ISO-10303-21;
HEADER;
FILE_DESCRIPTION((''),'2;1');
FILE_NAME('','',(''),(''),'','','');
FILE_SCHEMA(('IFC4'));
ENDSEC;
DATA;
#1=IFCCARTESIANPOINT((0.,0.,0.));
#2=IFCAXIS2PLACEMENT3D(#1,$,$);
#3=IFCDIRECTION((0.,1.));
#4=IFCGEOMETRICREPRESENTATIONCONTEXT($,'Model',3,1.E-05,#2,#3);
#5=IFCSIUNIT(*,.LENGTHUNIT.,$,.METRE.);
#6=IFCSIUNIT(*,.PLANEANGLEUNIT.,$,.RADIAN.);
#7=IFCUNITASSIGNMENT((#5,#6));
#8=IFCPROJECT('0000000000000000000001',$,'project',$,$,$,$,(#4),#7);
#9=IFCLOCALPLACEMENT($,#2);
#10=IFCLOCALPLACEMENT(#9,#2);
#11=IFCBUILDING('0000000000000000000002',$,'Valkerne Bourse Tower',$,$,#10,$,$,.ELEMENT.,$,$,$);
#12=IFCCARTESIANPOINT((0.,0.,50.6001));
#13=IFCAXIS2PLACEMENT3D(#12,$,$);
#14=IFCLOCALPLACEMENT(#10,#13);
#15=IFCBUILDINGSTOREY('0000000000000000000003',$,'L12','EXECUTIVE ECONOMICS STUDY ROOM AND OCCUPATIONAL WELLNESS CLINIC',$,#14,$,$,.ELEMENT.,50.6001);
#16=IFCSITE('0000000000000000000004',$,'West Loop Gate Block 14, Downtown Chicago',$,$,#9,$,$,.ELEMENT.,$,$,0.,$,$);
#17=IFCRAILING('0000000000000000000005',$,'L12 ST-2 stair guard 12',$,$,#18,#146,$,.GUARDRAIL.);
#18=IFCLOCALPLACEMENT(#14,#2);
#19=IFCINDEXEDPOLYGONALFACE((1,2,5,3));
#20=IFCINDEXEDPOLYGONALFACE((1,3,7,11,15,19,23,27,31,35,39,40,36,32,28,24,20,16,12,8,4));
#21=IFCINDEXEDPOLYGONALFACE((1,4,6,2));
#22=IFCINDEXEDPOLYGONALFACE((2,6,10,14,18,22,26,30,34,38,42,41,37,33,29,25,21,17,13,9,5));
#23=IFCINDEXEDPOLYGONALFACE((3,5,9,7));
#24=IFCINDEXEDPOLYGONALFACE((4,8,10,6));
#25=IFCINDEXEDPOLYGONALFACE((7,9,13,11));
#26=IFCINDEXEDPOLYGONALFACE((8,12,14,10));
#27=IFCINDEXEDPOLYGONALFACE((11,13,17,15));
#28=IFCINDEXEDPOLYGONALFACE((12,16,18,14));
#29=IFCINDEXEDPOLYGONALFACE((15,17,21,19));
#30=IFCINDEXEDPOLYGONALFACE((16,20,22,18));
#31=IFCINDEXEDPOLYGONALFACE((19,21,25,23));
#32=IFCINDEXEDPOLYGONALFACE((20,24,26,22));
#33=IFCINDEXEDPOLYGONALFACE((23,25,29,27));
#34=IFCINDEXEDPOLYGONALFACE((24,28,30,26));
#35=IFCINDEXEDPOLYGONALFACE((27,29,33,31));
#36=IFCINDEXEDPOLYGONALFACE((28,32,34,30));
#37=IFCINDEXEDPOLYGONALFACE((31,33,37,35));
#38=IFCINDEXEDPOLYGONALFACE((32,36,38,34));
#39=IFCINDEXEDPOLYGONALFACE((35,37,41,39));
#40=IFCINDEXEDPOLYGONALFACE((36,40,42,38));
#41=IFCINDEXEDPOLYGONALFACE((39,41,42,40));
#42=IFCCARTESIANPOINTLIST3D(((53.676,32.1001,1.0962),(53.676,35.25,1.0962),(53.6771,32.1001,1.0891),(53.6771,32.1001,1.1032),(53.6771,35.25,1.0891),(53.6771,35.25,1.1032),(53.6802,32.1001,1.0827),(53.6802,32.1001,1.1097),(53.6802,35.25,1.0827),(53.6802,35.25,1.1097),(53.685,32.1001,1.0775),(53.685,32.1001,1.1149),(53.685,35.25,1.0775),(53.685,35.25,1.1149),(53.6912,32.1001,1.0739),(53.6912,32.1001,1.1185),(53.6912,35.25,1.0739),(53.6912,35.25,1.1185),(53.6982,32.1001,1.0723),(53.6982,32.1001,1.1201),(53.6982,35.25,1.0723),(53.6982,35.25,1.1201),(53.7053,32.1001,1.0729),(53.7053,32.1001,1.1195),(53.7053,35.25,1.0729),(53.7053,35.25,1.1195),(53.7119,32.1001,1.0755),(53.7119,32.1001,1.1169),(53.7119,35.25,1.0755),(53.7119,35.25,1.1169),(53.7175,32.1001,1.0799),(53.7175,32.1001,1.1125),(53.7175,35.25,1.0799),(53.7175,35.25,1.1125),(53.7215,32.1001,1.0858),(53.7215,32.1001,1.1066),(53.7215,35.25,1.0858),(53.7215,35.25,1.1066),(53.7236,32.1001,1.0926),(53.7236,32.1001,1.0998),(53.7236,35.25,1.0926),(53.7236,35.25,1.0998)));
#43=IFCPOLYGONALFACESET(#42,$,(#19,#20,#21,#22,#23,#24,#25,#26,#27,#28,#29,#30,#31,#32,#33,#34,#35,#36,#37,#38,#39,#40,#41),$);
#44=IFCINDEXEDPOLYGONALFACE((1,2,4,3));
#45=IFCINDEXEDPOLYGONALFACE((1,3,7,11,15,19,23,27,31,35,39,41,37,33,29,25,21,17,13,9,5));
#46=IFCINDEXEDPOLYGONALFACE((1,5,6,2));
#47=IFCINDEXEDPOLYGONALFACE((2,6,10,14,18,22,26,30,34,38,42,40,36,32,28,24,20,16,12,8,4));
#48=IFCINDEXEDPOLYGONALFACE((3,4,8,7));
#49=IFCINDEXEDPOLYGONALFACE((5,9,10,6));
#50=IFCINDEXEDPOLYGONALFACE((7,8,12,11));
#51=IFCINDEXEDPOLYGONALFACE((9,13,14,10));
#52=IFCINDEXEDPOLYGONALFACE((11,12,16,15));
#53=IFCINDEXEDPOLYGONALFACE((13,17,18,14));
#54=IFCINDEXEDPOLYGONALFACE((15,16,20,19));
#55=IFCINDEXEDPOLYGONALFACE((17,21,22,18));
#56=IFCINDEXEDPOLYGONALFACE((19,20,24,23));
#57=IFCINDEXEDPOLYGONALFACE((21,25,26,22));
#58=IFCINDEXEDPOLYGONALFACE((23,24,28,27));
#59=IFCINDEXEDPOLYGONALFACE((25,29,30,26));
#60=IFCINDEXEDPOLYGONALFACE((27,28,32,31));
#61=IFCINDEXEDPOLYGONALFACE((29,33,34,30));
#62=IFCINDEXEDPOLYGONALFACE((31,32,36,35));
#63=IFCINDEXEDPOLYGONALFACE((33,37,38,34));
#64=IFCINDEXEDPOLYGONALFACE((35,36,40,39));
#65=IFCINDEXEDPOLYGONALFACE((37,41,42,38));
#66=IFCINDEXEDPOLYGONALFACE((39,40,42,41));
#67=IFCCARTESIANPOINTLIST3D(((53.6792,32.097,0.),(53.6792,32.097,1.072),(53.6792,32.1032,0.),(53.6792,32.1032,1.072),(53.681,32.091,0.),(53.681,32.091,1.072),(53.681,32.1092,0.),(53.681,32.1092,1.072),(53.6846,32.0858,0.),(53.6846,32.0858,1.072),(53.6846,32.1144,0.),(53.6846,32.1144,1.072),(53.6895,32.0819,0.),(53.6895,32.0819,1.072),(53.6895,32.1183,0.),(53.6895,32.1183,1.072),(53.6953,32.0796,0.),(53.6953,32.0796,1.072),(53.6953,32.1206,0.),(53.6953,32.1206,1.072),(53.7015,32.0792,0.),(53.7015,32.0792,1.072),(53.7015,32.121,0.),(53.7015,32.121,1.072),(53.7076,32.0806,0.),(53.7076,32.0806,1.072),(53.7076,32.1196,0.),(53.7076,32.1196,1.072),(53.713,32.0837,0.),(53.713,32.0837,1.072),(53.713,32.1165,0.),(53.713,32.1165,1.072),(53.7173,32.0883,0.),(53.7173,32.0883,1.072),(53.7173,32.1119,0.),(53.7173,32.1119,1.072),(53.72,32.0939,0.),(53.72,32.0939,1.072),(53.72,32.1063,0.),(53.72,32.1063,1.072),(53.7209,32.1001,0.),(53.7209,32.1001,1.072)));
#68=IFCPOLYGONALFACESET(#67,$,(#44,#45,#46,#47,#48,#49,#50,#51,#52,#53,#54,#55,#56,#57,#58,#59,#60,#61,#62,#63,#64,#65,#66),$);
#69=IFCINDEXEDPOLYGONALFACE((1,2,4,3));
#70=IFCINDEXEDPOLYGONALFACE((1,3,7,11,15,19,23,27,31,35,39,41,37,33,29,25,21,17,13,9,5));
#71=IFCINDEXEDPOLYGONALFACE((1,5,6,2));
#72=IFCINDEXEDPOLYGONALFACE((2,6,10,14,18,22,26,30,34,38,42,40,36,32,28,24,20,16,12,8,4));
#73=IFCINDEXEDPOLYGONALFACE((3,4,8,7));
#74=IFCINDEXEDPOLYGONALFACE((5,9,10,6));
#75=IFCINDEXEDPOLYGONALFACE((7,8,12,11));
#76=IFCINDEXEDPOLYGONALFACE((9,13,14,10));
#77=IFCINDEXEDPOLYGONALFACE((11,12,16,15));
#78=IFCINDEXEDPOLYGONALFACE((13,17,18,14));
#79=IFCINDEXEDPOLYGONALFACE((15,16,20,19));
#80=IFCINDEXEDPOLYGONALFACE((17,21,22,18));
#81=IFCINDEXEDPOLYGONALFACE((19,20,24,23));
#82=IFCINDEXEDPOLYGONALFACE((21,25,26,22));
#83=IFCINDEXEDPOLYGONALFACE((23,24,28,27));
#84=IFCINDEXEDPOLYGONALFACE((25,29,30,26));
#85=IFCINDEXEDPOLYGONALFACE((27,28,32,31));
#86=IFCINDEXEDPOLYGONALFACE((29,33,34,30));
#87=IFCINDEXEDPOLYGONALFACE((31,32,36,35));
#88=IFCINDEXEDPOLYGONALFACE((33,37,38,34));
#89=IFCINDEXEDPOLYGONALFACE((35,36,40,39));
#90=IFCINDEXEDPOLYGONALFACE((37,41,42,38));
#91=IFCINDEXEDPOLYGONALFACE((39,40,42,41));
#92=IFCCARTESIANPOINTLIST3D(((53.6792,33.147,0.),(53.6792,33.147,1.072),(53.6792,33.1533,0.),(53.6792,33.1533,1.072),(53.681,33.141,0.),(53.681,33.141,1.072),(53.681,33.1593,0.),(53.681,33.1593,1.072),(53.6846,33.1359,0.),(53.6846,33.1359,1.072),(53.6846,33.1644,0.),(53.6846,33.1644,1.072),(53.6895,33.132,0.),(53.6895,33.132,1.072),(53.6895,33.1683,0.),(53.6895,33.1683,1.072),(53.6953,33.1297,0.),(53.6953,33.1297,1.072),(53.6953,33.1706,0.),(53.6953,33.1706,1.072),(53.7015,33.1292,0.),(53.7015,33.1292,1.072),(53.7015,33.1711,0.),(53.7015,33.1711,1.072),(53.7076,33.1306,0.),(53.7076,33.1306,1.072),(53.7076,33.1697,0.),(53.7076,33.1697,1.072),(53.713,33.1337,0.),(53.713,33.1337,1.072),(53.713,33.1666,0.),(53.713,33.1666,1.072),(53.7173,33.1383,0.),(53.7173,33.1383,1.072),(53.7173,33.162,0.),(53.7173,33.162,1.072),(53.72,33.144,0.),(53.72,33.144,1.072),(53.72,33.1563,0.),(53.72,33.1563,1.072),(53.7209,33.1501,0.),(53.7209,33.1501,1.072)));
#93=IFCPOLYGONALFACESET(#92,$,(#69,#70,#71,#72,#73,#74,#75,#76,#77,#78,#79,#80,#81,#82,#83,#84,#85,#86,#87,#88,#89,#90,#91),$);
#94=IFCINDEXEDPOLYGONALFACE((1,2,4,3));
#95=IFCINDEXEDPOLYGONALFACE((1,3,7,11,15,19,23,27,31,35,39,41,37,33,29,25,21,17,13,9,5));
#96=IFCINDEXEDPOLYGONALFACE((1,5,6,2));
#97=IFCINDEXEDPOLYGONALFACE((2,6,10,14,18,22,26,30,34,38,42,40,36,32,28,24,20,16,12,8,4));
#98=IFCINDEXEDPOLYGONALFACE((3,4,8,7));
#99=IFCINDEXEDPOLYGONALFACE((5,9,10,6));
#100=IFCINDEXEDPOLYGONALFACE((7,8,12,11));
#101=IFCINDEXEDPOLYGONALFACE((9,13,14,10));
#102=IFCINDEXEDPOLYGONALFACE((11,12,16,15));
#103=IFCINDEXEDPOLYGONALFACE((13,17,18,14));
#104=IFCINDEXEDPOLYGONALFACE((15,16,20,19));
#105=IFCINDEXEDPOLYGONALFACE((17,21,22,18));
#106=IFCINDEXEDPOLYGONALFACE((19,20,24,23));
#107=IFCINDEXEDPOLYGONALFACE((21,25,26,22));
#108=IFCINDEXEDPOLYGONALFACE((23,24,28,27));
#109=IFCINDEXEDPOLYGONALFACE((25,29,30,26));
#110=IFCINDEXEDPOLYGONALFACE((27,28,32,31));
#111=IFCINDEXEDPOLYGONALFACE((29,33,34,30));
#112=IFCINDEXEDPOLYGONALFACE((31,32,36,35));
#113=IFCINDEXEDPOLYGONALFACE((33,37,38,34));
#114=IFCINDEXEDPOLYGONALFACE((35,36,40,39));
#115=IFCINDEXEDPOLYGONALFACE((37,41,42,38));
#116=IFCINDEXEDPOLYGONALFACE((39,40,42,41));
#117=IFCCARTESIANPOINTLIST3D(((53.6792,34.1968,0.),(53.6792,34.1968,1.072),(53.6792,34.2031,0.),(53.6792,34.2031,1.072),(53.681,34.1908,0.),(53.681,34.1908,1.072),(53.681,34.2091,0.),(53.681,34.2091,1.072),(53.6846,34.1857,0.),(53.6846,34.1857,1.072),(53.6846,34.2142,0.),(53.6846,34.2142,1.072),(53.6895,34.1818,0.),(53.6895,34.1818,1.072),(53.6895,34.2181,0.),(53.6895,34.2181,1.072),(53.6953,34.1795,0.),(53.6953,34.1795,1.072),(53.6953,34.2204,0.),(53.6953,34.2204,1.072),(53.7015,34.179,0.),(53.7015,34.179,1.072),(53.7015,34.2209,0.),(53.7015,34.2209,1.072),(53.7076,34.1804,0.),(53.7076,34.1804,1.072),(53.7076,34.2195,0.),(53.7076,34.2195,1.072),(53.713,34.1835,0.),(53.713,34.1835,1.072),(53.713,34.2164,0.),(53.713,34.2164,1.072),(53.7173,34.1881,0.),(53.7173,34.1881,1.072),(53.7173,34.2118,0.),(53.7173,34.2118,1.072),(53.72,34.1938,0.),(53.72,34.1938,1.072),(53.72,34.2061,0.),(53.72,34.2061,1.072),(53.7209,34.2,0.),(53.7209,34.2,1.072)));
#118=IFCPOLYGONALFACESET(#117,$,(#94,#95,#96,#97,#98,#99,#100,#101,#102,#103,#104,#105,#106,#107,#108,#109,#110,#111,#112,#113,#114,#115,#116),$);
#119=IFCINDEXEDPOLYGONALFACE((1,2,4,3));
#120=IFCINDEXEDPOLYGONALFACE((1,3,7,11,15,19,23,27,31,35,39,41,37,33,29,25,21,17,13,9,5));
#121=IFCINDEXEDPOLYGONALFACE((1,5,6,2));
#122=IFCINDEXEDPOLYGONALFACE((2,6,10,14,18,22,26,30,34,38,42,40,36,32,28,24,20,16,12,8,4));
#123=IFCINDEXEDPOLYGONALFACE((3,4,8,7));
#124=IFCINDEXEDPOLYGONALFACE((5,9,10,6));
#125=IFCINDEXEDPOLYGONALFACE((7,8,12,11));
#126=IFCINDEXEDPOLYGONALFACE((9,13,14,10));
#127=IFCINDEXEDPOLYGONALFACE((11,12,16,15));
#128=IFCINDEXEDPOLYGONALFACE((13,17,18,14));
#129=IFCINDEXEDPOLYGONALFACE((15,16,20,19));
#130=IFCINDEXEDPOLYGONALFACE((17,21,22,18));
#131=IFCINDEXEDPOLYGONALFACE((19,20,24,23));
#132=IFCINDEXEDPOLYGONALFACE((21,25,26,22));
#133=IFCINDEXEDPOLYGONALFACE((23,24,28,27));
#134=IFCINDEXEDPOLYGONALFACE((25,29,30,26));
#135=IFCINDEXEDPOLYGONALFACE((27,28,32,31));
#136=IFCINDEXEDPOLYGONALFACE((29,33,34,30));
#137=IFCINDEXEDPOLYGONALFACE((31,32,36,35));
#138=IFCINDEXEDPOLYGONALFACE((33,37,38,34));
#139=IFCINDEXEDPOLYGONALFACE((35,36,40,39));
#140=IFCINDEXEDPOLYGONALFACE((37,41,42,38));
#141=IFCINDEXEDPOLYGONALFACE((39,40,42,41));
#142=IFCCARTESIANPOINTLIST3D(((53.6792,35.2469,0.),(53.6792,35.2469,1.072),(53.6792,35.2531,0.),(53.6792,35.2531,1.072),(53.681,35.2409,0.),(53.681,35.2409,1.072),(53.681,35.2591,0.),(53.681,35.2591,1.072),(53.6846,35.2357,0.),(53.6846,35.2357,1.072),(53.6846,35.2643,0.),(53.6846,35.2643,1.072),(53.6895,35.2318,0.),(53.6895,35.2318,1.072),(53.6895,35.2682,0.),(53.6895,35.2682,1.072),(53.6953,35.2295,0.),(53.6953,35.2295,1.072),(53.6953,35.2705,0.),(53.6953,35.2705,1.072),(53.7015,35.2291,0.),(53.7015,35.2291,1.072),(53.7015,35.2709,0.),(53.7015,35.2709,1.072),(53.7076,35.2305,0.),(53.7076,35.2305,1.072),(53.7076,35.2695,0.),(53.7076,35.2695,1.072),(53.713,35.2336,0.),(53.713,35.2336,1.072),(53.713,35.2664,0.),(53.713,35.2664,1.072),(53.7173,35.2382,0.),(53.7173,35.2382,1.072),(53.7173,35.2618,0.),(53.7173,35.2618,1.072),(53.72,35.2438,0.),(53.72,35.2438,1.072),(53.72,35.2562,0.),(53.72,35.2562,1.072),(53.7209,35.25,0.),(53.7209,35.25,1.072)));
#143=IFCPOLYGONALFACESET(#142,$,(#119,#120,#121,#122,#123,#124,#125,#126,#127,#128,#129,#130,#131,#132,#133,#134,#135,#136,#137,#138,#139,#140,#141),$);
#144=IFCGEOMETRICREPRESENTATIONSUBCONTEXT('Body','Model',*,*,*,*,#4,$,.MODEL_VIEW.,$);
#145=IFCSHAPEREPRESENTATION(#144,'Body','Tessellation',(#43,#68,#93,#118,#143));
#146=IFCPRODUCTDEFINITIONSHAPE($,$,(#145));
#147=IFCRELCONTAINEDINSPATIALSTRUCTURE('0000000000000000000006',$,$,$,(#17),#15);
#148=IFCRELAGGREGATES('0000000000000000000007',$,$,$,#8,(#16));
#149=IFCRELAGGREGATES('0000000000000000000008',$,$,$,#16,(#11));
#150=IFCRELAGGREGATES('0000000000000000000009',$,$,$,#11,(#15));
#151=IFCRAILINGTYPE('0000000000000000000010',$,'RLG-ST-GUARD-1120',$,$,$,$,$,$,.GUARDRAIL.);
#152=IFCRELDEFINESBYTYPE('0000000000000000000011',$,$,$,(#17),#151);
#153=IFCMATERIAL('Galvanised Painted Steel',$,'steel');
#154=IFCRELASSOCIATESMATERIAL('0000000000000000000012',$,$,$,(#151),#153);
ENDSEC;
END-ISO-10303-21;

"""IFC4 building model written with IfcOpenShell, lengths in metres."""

from ifc_helpers import new_model, si_unit, direction, frame, origin, origin_2d, place, context, subcontext, project, spatial, circle, extrude, material, type_object, element, save


model = new_model("IFC4")

# Units and contexts
model_context = context("Model", 3, precision=1e-05, world=origin(), true_north=direction((0.0, 1.0)))
body_context = subcontext(model_context, "Body", "Model", "MODEL_VIEW")
ifc_project = project(units=[si_unit("LENGTHUNIT", "METRE"), si_unit("PLANEANGLEUNIT", "RADIAN")], contexts=[model_context])

# Site, building, storey
site_placement = place(None, origin())
site = spatial("IfcSite", under=ifc_project, at=site_placement, Name="West Loop Gate Block 14, Downtown Chicago", CompositionType="ELEMENT", RefElevation=0.0)
building_placement = place(site_placement, origin())
building = spatial("IfcBuilding", under=site, at=building_placement, Name="Valkerne Bourse Tower", CompositionType="ELEMENT")
storey_placement = place(building_placement, frame((0.0, 0.0, 50.6001)))
storey = spatial("IfcBuildingStorey", under=building, at=storey_placement, Name="L12", Description="EXECUTIVE ECONOMICS STUDY ROOM AND OCCUPATIONAL WELLNESS CLINIC", CompositionType="ELEMENT", Elevation=50.6001)

# Railing
ifc_material_1 = material(Name="Galvanised Painted Steel", Category="steel")
railing_type_1 = type_object("IfcRailingType", Name="RLG-ST-GUARD-1120", PredefinedType="GUARDRAIL", material=ifc_material_1)
railing_1_placement = place(storey_placement, frame((53.7, 32.1001, 0.0)))
element("IfcRailing", 1, at=railing_1_placement, inside=storey, type_object=railing_type_1, Name="L12 ST-2 stair guard 12", PredefinedType="GUARDRAIL", context=body_context, shape_type="SweptSolid", body=[
    extrude(circle(Radius=0.0239, at=origin_2d()), frame((0.0, 0.0, 1.0962), z_axis=(0.0, 1.0, 0.0), x_axis=(-1.0, 0.0, 0.0)), (0.0, 0.0, 1.0), 3.1499),
    extrude(circle(Radius=0.021, at=origin_2d()), origin(), (0.0, 0.0, 1.0), 1.072),
    extrude(circle(Radius=0.021, at=origin_2d()), frame((0.0, 1.05, 0.0)), (0.0, 0.0, 1.0), 1.072),
    extrude(circle(Radius=0.021, at=origin_2d()), frame((0.0, 2.0999, 0.0)), (0.0, 0.0, 1.0), 1.072),
    extrude(circle(Radius=0.021, at=origin_2d()), frame((0.0, 3.1499, 0.0)), (0.0, 0.0, 1.0), 1.072),
])

save(model, "model.ifc")
